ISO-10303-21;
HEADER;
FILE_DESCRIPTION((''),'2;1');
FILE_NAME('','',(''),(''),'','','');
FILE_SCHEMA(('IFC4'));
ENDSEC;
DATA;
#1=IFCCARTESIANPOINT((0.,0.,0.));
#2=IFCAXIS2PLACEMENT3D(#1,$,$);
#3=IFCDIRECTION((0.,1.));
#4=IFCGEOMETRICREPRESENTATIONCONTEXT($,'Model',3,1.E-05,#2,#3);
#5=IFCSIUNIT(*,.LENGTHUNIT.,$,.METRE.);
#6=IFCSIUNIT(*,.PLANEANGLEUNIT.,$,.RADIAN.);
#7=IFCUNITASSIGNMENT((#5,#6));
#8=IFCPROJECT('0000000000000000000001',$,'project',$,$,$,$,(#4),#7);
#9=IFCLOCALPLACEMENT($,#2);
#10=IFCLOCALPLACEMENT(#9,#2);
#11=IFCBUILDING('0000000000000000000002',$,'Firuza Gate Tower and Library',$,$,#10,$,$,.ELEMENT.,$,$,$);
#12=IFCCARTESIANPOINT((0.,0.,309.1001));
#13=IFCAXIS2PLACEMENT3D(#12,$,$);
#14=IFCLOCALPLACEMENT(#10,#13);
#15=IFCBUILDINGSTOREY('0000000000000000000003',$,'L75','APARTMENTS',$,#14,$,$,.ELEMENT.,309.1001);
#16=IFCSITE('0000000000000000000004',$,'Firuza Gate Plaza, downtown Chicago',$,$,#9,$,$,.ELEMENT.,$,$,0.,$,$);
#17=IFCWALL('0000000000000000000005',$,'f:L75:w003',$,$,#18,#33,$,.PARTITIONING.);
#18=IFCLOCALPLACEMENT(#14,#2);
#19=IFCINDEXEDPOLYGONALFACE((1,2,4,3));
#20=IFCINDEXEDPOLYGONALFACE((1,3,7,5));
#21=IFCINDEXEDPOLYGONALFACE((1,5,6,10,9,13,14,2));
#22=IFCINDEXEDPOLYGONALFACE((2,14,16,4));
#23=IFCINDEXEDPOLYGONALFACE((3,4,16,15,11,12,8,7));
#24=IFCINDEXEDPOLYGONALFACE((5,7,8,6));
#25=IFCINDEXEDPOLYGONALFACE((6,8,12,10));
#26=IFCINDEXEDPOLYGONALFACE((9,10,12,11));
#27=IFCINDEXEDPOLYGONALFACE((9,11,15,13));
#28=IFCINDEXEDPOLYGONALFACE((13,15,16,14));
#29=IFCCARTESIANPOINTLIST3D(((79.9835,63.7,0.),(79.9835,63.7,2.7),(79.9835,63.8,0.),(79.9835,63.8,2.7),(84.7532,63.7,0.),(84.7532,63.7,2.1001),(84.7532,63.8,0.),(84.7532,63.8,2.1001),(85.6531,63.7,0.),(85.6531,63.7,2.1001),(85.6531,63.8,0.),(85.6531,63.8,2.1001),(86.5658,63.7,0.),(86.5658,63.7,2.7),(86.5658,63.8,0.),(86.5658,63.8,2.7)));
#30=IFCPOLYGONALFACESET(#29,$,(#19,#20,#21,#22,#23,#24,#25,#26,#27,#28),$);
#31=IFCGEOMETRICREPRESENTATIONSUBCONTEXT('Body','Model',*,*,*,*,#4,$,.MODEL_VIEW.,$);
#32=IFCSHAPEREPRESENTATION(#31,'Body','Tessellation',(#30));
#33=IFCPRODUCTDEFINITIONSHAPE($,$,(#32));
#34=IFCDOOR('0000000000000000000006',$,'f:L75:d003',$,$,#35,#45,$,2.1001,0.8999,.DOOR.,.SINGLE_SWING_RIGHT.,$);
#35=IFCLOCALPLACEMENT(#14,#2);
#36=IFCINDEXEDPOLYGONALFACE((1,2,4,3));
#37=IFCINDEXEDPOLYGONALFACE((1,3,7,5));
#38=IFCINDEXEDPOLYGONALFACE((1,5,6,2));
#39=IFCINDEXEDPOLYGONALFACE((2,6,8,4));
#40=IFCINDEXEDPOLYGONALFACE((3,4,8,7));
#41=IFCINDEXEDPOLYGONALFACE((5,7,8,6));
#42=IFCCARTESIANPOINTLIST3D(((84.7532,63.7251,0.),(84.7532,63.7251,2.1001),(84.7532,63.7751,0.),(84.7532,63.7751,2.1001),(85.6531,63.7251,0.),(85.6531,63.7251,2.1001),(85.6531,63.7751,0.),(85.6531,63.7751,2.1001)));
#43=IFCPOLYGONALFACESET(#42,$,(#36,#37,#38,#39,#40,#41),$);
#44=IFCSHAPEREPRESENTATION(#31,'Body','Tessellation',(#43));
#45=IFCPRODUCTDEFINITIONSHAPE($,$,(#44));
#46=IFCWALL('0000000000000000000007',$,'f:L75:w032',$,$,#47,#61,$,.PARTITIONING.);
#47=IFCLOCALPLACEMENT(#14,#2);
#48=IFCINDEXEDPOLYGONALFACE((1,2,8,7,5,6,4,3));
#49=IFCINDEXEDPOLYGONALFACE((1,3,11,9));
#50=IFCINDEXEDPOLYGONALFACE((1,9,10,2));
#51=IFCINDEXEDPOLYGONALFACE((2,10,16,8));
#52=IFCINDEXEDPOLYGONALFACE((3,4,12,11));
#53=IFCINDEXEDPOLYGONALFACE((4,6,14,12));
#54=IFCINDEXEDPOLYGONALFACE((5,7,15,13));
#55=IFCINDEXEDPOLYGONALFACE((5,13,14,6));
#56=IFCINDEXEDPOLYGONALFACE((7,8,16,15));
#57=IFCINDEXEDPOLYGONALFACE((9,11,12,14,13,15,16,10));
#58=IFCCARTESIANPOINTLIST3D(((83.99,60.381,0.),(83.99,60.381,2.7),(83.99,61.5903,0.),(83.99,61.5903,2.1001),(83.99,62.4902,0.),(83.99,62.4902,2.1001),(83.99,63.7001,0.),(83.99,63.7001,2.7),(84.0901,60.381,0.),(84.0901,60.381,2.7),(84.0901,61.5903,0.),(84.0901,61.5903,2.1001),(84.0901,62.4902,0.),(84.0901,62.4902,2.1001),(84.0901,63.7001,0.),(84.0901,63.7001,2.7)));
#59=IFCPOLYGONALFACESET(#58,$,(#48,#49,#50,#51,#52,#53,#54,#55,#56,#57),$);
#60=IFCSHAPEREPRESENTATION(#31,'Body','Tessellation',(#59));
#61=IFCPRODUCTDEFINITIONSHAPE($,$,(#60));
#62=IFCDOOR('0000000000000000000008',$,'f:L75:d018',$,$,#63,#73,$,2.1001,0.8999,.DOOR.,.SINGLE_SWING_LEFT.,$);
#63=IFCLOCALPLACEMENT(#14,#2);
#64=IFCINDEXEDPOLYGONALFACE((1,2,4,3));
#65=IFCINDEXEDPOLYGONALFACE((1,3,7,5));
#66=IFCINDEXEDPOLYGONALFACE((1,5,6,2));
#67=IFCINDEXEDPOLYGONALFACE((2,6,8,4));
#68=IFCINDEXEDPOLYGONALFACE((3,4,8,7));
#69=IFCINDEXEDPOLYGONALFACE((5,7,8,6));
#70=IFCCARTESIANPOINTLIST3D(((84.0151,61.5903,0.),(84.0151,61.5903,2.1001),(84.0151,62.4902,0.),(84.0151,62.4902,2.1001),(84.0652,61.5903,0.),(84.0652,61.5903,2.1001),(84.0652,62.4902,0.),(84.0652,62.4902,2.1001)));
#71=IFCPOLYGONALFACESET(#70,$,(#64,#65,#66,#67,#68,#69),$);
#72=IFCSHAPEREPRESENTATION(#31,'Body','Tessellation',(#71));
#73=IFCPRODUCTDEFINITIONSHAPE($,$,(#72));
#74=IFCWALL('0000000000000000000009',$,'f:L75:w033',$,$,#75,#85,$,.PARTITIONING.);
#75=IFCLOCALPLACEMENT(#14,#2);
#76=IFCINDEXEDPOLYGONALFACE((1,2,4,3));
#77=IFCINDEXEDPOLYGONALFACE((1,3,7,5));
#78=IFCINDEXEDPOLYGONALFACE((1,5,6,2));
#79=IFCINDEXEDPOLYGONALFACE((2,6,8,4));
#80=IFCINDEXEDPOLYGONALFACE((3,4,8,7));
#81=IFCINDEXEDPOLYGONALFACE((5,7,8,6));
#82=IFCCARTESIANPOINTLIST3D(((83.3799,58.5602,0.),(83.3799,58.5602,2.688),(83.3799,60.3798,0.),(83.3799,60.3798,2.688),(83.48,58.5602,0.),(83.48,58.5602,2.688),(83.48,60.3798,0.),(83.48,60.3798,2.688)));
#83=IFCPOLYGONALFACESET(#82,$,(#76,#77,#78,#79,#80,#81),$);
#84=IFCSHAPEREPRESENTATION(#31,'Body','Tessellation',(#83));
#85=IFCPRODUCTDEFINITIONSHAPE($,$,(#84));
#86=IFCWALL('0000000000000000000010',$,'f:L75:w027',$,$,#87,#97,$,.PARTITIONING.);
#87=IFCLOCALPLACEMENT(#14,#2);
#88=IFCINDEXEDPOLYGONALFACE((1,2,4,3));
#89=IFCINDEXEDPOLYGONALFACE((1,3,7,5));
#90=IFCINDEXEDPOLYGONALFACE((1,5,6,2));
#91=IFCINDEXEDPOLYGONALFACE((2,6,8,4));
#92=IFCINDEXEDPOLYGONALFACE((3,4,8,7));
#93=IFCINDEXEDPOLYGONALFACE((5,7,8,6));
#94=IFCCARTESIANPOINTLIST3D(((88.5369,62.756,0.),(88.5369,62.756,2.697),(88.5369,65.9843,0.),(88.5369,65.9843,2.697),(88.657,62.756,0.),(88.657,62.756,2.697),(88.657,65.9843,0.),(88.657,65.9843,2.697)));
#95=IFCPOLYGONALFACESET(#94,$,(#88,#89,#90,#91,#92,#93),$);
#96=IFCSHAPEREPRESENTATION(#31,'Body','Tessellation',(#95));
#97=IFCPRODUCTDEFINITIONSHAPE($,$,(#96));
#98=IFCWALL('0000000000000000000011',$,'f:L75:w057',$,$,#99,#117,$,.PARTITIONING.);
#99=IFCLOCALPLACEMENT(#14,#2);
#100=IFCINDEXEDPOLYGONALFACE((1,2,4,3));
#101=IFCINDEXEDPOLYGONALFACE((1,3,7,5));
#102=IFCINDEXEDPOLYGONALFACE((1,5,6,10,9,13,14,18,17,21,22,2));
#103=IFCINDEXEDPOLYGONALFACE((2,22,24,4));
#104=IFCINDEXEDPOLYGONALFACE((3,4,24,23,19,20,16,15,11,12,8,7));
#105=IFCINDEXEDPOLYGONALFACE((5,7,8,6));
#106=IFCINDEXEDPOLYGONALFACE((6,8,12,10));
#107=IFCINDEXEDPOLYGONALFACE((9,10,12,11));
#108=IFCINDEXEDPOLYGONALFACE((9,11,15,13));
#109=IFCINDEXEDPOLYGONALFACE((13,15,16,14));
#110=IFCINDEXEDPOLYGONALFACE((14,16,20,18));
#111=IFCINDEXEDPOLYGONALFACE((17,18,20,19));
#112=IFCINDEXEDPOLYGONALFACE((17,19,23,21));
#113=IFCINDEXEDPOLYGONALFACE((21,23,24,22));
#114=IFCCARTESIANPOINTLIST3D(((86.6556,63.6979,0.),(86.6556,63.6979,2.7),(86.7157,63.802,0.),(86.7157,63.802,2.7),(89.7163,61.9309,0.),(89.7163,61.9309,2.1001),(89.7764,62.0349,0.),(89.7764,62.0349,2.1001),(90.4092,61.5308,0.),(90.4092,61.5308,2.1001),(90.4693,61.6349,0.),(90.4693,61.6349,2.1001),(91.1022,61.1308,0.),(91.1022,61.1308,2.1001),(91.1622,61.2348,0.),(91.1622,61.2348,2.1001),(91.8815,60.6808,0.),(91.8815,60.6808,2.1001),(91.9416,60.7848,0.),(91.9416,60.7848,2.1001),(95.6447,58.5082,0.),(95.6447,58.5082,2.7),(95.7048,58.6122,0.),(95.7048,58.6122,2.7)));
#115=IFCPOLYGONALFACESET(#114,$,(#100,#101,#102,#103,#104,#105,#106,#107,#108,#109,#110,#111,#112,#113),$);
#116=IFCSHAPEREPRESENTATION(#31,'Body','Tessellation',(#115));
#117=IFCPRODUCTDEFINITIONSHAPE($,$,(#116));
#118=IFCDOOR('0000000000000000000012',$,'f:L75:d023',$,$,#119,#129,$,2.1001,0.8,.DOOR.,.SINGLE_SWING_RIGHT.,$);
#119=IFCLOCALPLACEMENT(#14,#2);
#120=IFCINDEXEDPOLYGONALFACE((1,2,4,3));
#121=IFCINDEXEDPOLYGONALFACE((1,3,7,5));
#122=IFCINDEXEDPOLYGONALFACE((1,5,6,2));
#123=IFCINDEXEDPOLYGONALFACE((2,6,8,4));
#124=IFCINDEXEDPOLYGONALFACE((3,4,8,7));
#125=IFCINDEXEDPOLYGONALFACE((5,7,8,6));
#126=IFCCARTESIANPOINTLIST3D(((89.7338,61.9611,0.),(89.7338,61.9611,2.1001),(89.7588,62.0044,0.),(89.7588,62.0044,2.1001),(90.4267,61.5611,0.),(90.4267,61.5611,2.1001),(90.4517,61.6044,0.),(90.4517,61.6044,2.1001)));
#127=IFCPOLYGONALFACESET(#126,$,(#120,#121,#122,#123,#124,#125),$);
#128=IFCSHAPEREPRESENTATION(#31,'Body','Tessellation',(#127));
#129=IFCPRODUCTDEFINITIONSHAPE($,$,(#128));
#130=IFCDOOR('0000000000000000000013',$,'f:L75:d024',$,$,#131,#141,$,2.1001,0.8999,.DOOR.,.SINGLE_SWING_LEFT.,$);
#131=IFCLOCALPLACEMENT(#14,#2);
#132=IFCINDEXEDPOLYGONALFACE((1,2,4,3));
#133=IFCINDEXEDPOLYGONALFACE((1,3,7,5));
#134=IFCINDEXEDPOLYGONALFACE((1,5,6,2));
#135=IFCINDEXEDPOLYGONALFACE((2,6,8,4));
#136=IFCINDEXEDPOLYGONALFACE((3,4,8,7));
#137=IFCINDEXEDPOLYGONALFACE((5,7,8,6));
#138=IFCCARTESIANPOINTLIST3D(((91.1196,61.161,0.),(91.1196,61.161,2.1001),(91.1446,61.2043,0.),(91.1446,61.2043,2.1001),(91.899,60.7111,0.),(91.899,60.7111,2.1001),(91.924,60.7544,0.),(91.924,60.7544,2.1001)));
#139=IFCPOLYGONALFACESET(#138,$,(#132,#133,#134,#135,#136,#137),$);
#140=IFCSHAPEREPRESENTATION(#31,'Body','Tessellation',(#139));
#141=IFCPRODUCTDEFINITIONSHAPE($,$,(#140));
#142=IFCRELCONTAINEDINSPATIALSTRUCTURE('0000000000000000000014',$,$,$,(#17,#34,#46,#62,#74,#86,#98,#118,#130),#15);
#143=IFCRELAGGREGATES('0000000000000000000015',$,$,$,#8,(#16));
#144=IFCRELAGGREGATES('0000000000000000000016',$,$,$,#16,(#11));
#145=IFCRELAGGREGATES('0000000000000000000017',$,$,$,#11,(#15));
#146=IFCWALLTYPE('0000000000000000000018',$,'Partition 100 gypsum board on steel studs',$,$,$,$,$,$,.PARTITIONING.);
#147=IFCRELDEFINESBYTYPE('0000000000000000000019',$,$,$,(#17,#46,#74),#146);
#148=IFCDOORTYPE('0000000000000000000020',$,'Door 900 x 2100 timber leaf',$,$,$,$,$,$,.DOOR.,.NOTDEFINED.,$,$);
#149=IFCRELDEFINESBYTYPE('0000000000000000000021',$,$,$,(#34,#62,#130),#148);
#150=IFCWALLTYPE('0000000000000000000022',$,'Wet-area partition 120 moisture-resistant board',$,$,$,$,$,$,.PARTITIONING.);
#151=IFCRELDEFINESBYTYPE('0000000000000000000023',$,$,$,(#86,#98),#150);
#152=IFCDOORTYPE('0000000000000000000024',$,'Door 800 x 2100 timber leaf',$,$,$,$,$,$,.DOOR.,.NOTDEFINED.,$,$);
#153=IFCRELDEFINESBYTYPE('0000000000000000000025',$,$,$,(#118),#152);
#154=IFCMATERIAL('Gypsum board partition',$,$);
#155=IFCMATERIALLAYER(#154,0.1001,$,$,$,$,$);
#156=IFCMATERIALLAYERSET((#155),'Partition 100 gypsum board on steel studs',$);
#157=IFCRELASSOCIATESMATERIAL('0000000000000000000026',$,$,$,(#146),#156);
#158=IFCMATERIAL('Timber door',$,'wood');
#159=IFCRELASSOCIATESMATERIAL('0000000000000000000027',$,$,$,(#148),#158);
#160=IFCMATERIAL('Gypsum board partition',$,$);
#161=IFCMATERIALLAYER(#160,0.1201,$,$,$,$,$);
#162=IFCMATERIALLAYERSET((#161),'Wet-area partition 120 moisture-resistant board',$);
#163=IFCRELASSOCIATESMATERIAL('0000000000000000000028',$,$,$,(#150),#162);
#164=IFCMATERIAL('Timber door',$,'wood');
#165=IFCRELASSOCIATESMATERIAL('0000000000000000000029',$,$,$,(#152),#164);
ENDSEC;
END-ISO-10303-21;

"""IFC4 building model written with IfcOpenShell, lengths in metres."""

from ifc_helpers import new_model, si_unit, direction, frame, frame_2d, origin, place, context, subcontext, project, spatial, rectangle, extrude, material, layer, layer_set, type_object, element, fill, save


model = new_model("IFC4")

# Units and contexts
model_context = context("Model", 3, precision=1e-05, world=origin(), true_north=direction((0.0, 1.0)))
body_context = subcontext(model_context, "Body", "Model", "MODEL_VIEW")
ifc_project = project(units=[si_unit("LENGTHUNIT", "METRE"), si_unit("PLANEANGLEUNIT", "RADIAN")], contexts=[model_context])

# Site, building, storey
site_placement = place(None, origin())
site = spatial("IfcSite", under=ifc_project, at=site_placement, Name="Firuza Gate Plaza, downtown Chicago", CompositionType="ELEMENT", RefElevation=0.0)
building_placement = place(site_placement, origin())
building = spatial("IfcBuilding", under=site, at=building_placement, Name="Firuza Gate Tower and Library", CompositionType="ELEMENT")
storey_placement = place(building_placement, frame((0.0, 0.0, 309.1001)))
storey = spatial("IfcBuildingStorey", under=building, at=storey_placement, Name="L75", Description="APARTMENTS", CompositionType="ELEMENT", Elevation=309.1001)

# Shared definitions
ifc_material_1 = material(Name="Gypsum board partition")
ifc_layer_1 = layer(ifc_material_1, 0.1001)
ifc_layer_set_1 = layer_set([ifc_layer_1], Name="Partition 100 gypsum board on steel studs")
wall_type_1 = type_object("IfcWallType", Name="Partition 100 gypsum board on steel studs", PredefinedType="PARTITIONING", material=ifc_layer_set_1)

# Walls, openings, doors
wall_1_placement = place(storey_placement, frame((86.5657, 63.75, 0.0), z_axis=(0.0, 0.0, 1.0), x_axis=(-1.0, 0.0, 0.0)))
wall_1 = element("IfcWall", 1, at=wall_1_placement, inside=storey, type_object=wall_type_1, Name="f:L75:w003", PredefinedType="PARTITIONING", context=body_context, shape_type="SweptSolid", body=[
    extrude(rectangle(XDim=6.5823, YDim=0.1001, at=frame_2d((3.291, 0.0))), origin(), (0.0, 0.0, 1.0), 2.7),
])
opening_1_placement = place(wall_1_placement, frame((0.9126, 0.0, 0.0)))
opening_1 = element("IfcOpeningElement", 2, at=opening_1_placement, cuts=wall_1, PredefinedType="OPENING", context=body_context, shape_type="SweptSolid", body=[
    extrude(rectangle(XDim=0.8999, YDim=2.1001, at=frame_2d((0.45, 1.05))), frame((0.0, 0.0601, 0.0), z_axis=(0.0, -1.0, 0.0), x_axis=(1.0, 0.0, 0.0)), (0.0, 0.0, 1.0), 0.1201),
])
ifc_material_2 = material(Name="Timber door", Category="wood")
door_type_1 = type_object("IfcDoorType", Name="Door 900 x 2100 timber leaf", OperationType="NOTDEFINED", PredefinedType="DOOR", material=ifc_material_2)
door_1_placement = place(opening_1_placement, origin())
door_1 = element("IfcDoor", 3, at=door_1_placement, inside=storey, type_object=door_type_1, Name="f:L75:d003", OperationType="SINGLE_SWING_RIGHT", OverallHeight=2.1001, OverallWidth=0.8999, PredefinedType="DOOR", context=body_context, shape_type="SweptSolid", body=[
    extrude(rectangle(XDim=0.8999, YDim=2.1001, at=frame_2d((0.45, 1.05))), frame((0.0, 0.0249, 0.0), z_axis=(0.0, -1.0, 0.0), x_axis=(1.0, 0.0, 0.0)), (0.0, 0.0, 1.0), 0.05),
])
fill(opening_1, door_1)
wall_2_placement = place(storey_placement, frame((84.04, 60.3809, 0.0), z_axis=(0.0, 0.0, 1.0), x_axis=(0.0, 1.0, 0.0)))
wall_2 = element("IfcWall", 4, at=wall_2_placement, inside=storey, type_object=wall_type_1, Name="f:L75:w032", PredefinedType="PARTITIONING", context=body_context, shape_type="SweptSolid", body=[
    extrude(rectangle(XDim=3.3191, YDim=0.1001, at=frame_2d((1.6597, 0.0))), origin(), (0.0, 0.0, 1.0), 2.7),
])
opening_2_placement = place(wall_2_placement, frame((1.2095, 0.0, 0.0)))
opening_2 = element("IfcOpeningElement", 5, at=opening_2_placement, cuts=wall_2, PredefinedType="OPENING", context=body_context, shape_type="SweptSolid", body=[
    extrude(rectangle(XDim=0.8999, YDim=2.1001, at=frame_2d((0.45, 1.05))), frame((0.0, 0.0601, 0.0), z_axis=(0.0, -1.0, 0.0), x_axis=(1.0, 0.0, 0.0)), (0.0, 0.0, 1.0), 0.1201),
])
door_2_placement = place(opening_2_placement, origin())
door_2 = element("IfcDoor", 6, at=door_2_placement, inside=storey, type_object=door_type_1, Name="f:L75:d018", OperationType="SINGLE_SWING_LEFT", OverallHeight=2.1001, OverallWidth=0.8999, PredefinedType="DOOR", context=body_context, shape_type="SweptSolid", body=[
    extrude(rectangle(XDim=0.8999, YDim=2.1001, at=frame_2d((0.45, 1.05))), frame((0.0, 0.0249, 0.0), z_axis=(0.0, -1.0, 0.0), x_axis=(1.0, 0.0, 0.0)), (0.0, 0.0, 1.0), 0.05),
])
fill(opening_2, door_2)

# Walls
wall_3_placement = place(storey_placement, frame((83.4299, 58.5603, 0.0), z_axis=(0.0, 0.0, 1.0), x_axis=(0.0, 1.0, 0.0)))
element("IfcWall", 7, at=wall_3_placement, inside=storey, type_object=wall_type_1, Name="f:L75:w033", PredefinedType="PARTITIONING", context=body_context, shape_type="SweptSolid", body=[
    extrude(rectangle(XDim=1.8196, YDim=0.1001, at=frame_2d((0.9097, 0.0))), origin(), (0.0, 0.0, 1.0), 2.688),
])
ifc_material_3 = material(Name="Gypsum board partition")
ifc_layer_2 = layer(ifc_material_3, 0.1201)
ifc_layer_set_2 = layer_set([ifc_layer_2], Name="Wet-area partition 120 moisture-resistant board")
wall_type_2 = type_object("IfcWallType", Name="Wet-area partition 120 moisture-resistant board", PredefinedType="PARTITIONING", material=ifc_layer_set_2)
wall_4_placement = place(storey_placement, frame((88.5969, 62.7559, 0.0), z_axis=(0.0, 0.0, 1.0), x_axis=(0.0, 1.0, 0.0)))
element("IfcWall", 8, at=wall_4_placement, inside=storey, type_object=wall_type_2, Name="f:L75:w027", PredefinedType="PARTITIONING", context=body_context, shape_type="SweptSolid", body=[
    extrude(rectangle(XDim=3.2283, YDim=0.1201, at=frame_2d((1.6143, 0.0))), origin(), (0.0, 0.0, 1.0), 2.697),
])

# Wall, openings, doors
wall_5_placement = place(storey_placement, frame((86.6855, 63.75, 0.0), z_axis=(0.0, 0.0, 1.0), x_axis=(0.86603, -0.499992, 0.0)))
wall_5 = element("IfcWall", 9, at=wall_5_placement, inside=storey, type_object=wall_type_2, Name="f:L75:w057", PredefinedType="PARTITIONING", context=body_context, shape_type="SweptSolid", body=[
    extrude(rectangle(XDim=10.3796, YDim=0.1201, at=frame_2d((5.1899, 0.0))), origin(), (0.0, 0.0, 1.0), 2.7),
])
opening_3_placement = place(wall_5_placement, frame((3.5344, 0.0, 0.0)))
opening_3 = element("IfcOpeningElement", 10, at=opening_3_placement, cuts=wall_5, PredefinedType="OPENING", context=body_context, shape_type="SweptSolid", body=[
    extrude(rectangle(XDim=0.8, YDim=2.1001, at=frame_2d((0.3999, 1.05))), frame((0.0, 0.0701, 0.0), z_axis=(0.0, -1.0, 0.0), x_axis=(1.0, 0.0, 0.0)), (0.0, 0.0, 1.0), 0.1401),
])
opening_4_placement = place(wall_5_placement, frame((5.1345, 0.0, 0.0)))
opening_4 = element("IfcOpeningElement", 11, at=opening_4_placement, cuts=wall_5, PredefinedType="OPENING", context=body_context, shape_type="SweptSolid", body=[
    extrude(rectangle(XDim=0.8999, YDim=2.1001, at=frame_2d((0.45, 1.05))), frame((0.0, 0.0701, 0.0), z_axis=(0.0, -1.0, 0.0), x_axis=(1.0, 0.0, 0.0)), (0.0, 0.0, 1.0), 0.1401),
])
ifc_material_4 = material(Name="Timber door", Category="wood")
door_type_2 = type_object("IfcDoorType", Name="Door 800 x 2100 timber leaf", OperationType="NOTDEFINED", PredefinedType="DOOR", material=ifc_material_4)
door_3_placement = place(opening_3_placement, origin())
door_3 = element("IfcDoor", 12, at=door_3_placement, inside=storey, type_object=door_type_2, Name="f:L75:d023", OperationType="SINGLE_SWING_RIGHT", OverallHeight=2.1001, OverallWidth=0.8, PredefinedType="DOOR", context=body_context, shape_type="SweptSolid", body=[
    extrude(rectangle(XDim=0.8, YDim=2.1001, at=frame_2d((0.3999, 1.05))), frame((0.0, 0.0249, 0.0), z_axis=(0.0, -1.0, 0.0), x_axis=(1.0, 0.0, 0.0)), (0.0, 0.0, 1.0), 0.05),
])
fill(opening_3, door_3)
door_4_placement = place(opening_4_placement, origin())
door_4 = element("IfcDoor", 13, at=door_4_placement, inside=storey, type_object=door_type_1, Name="f:L75:d024", OperationType="SINGLE_SWING_LEFT", OverallHeight=2.1001, OverallWidth=0.8999, PredefinedType="DOOR", context=body_context, shape_type="SweptSolid", body=[
    extrude(rectangle(XDim=0.8999, YDim=2.1001, at=frame_2d((0.45, 1.05))), frame((0.0, 0.0249, 0.0), z_axis=(0.0, -1.0, 0.0), x_axis=(1.0, 0.0, 0.0)), (0.0, 0.0, 1.0), 0.05),
])
fill(opening_4, door_4)

save(model, "model.ifc")
